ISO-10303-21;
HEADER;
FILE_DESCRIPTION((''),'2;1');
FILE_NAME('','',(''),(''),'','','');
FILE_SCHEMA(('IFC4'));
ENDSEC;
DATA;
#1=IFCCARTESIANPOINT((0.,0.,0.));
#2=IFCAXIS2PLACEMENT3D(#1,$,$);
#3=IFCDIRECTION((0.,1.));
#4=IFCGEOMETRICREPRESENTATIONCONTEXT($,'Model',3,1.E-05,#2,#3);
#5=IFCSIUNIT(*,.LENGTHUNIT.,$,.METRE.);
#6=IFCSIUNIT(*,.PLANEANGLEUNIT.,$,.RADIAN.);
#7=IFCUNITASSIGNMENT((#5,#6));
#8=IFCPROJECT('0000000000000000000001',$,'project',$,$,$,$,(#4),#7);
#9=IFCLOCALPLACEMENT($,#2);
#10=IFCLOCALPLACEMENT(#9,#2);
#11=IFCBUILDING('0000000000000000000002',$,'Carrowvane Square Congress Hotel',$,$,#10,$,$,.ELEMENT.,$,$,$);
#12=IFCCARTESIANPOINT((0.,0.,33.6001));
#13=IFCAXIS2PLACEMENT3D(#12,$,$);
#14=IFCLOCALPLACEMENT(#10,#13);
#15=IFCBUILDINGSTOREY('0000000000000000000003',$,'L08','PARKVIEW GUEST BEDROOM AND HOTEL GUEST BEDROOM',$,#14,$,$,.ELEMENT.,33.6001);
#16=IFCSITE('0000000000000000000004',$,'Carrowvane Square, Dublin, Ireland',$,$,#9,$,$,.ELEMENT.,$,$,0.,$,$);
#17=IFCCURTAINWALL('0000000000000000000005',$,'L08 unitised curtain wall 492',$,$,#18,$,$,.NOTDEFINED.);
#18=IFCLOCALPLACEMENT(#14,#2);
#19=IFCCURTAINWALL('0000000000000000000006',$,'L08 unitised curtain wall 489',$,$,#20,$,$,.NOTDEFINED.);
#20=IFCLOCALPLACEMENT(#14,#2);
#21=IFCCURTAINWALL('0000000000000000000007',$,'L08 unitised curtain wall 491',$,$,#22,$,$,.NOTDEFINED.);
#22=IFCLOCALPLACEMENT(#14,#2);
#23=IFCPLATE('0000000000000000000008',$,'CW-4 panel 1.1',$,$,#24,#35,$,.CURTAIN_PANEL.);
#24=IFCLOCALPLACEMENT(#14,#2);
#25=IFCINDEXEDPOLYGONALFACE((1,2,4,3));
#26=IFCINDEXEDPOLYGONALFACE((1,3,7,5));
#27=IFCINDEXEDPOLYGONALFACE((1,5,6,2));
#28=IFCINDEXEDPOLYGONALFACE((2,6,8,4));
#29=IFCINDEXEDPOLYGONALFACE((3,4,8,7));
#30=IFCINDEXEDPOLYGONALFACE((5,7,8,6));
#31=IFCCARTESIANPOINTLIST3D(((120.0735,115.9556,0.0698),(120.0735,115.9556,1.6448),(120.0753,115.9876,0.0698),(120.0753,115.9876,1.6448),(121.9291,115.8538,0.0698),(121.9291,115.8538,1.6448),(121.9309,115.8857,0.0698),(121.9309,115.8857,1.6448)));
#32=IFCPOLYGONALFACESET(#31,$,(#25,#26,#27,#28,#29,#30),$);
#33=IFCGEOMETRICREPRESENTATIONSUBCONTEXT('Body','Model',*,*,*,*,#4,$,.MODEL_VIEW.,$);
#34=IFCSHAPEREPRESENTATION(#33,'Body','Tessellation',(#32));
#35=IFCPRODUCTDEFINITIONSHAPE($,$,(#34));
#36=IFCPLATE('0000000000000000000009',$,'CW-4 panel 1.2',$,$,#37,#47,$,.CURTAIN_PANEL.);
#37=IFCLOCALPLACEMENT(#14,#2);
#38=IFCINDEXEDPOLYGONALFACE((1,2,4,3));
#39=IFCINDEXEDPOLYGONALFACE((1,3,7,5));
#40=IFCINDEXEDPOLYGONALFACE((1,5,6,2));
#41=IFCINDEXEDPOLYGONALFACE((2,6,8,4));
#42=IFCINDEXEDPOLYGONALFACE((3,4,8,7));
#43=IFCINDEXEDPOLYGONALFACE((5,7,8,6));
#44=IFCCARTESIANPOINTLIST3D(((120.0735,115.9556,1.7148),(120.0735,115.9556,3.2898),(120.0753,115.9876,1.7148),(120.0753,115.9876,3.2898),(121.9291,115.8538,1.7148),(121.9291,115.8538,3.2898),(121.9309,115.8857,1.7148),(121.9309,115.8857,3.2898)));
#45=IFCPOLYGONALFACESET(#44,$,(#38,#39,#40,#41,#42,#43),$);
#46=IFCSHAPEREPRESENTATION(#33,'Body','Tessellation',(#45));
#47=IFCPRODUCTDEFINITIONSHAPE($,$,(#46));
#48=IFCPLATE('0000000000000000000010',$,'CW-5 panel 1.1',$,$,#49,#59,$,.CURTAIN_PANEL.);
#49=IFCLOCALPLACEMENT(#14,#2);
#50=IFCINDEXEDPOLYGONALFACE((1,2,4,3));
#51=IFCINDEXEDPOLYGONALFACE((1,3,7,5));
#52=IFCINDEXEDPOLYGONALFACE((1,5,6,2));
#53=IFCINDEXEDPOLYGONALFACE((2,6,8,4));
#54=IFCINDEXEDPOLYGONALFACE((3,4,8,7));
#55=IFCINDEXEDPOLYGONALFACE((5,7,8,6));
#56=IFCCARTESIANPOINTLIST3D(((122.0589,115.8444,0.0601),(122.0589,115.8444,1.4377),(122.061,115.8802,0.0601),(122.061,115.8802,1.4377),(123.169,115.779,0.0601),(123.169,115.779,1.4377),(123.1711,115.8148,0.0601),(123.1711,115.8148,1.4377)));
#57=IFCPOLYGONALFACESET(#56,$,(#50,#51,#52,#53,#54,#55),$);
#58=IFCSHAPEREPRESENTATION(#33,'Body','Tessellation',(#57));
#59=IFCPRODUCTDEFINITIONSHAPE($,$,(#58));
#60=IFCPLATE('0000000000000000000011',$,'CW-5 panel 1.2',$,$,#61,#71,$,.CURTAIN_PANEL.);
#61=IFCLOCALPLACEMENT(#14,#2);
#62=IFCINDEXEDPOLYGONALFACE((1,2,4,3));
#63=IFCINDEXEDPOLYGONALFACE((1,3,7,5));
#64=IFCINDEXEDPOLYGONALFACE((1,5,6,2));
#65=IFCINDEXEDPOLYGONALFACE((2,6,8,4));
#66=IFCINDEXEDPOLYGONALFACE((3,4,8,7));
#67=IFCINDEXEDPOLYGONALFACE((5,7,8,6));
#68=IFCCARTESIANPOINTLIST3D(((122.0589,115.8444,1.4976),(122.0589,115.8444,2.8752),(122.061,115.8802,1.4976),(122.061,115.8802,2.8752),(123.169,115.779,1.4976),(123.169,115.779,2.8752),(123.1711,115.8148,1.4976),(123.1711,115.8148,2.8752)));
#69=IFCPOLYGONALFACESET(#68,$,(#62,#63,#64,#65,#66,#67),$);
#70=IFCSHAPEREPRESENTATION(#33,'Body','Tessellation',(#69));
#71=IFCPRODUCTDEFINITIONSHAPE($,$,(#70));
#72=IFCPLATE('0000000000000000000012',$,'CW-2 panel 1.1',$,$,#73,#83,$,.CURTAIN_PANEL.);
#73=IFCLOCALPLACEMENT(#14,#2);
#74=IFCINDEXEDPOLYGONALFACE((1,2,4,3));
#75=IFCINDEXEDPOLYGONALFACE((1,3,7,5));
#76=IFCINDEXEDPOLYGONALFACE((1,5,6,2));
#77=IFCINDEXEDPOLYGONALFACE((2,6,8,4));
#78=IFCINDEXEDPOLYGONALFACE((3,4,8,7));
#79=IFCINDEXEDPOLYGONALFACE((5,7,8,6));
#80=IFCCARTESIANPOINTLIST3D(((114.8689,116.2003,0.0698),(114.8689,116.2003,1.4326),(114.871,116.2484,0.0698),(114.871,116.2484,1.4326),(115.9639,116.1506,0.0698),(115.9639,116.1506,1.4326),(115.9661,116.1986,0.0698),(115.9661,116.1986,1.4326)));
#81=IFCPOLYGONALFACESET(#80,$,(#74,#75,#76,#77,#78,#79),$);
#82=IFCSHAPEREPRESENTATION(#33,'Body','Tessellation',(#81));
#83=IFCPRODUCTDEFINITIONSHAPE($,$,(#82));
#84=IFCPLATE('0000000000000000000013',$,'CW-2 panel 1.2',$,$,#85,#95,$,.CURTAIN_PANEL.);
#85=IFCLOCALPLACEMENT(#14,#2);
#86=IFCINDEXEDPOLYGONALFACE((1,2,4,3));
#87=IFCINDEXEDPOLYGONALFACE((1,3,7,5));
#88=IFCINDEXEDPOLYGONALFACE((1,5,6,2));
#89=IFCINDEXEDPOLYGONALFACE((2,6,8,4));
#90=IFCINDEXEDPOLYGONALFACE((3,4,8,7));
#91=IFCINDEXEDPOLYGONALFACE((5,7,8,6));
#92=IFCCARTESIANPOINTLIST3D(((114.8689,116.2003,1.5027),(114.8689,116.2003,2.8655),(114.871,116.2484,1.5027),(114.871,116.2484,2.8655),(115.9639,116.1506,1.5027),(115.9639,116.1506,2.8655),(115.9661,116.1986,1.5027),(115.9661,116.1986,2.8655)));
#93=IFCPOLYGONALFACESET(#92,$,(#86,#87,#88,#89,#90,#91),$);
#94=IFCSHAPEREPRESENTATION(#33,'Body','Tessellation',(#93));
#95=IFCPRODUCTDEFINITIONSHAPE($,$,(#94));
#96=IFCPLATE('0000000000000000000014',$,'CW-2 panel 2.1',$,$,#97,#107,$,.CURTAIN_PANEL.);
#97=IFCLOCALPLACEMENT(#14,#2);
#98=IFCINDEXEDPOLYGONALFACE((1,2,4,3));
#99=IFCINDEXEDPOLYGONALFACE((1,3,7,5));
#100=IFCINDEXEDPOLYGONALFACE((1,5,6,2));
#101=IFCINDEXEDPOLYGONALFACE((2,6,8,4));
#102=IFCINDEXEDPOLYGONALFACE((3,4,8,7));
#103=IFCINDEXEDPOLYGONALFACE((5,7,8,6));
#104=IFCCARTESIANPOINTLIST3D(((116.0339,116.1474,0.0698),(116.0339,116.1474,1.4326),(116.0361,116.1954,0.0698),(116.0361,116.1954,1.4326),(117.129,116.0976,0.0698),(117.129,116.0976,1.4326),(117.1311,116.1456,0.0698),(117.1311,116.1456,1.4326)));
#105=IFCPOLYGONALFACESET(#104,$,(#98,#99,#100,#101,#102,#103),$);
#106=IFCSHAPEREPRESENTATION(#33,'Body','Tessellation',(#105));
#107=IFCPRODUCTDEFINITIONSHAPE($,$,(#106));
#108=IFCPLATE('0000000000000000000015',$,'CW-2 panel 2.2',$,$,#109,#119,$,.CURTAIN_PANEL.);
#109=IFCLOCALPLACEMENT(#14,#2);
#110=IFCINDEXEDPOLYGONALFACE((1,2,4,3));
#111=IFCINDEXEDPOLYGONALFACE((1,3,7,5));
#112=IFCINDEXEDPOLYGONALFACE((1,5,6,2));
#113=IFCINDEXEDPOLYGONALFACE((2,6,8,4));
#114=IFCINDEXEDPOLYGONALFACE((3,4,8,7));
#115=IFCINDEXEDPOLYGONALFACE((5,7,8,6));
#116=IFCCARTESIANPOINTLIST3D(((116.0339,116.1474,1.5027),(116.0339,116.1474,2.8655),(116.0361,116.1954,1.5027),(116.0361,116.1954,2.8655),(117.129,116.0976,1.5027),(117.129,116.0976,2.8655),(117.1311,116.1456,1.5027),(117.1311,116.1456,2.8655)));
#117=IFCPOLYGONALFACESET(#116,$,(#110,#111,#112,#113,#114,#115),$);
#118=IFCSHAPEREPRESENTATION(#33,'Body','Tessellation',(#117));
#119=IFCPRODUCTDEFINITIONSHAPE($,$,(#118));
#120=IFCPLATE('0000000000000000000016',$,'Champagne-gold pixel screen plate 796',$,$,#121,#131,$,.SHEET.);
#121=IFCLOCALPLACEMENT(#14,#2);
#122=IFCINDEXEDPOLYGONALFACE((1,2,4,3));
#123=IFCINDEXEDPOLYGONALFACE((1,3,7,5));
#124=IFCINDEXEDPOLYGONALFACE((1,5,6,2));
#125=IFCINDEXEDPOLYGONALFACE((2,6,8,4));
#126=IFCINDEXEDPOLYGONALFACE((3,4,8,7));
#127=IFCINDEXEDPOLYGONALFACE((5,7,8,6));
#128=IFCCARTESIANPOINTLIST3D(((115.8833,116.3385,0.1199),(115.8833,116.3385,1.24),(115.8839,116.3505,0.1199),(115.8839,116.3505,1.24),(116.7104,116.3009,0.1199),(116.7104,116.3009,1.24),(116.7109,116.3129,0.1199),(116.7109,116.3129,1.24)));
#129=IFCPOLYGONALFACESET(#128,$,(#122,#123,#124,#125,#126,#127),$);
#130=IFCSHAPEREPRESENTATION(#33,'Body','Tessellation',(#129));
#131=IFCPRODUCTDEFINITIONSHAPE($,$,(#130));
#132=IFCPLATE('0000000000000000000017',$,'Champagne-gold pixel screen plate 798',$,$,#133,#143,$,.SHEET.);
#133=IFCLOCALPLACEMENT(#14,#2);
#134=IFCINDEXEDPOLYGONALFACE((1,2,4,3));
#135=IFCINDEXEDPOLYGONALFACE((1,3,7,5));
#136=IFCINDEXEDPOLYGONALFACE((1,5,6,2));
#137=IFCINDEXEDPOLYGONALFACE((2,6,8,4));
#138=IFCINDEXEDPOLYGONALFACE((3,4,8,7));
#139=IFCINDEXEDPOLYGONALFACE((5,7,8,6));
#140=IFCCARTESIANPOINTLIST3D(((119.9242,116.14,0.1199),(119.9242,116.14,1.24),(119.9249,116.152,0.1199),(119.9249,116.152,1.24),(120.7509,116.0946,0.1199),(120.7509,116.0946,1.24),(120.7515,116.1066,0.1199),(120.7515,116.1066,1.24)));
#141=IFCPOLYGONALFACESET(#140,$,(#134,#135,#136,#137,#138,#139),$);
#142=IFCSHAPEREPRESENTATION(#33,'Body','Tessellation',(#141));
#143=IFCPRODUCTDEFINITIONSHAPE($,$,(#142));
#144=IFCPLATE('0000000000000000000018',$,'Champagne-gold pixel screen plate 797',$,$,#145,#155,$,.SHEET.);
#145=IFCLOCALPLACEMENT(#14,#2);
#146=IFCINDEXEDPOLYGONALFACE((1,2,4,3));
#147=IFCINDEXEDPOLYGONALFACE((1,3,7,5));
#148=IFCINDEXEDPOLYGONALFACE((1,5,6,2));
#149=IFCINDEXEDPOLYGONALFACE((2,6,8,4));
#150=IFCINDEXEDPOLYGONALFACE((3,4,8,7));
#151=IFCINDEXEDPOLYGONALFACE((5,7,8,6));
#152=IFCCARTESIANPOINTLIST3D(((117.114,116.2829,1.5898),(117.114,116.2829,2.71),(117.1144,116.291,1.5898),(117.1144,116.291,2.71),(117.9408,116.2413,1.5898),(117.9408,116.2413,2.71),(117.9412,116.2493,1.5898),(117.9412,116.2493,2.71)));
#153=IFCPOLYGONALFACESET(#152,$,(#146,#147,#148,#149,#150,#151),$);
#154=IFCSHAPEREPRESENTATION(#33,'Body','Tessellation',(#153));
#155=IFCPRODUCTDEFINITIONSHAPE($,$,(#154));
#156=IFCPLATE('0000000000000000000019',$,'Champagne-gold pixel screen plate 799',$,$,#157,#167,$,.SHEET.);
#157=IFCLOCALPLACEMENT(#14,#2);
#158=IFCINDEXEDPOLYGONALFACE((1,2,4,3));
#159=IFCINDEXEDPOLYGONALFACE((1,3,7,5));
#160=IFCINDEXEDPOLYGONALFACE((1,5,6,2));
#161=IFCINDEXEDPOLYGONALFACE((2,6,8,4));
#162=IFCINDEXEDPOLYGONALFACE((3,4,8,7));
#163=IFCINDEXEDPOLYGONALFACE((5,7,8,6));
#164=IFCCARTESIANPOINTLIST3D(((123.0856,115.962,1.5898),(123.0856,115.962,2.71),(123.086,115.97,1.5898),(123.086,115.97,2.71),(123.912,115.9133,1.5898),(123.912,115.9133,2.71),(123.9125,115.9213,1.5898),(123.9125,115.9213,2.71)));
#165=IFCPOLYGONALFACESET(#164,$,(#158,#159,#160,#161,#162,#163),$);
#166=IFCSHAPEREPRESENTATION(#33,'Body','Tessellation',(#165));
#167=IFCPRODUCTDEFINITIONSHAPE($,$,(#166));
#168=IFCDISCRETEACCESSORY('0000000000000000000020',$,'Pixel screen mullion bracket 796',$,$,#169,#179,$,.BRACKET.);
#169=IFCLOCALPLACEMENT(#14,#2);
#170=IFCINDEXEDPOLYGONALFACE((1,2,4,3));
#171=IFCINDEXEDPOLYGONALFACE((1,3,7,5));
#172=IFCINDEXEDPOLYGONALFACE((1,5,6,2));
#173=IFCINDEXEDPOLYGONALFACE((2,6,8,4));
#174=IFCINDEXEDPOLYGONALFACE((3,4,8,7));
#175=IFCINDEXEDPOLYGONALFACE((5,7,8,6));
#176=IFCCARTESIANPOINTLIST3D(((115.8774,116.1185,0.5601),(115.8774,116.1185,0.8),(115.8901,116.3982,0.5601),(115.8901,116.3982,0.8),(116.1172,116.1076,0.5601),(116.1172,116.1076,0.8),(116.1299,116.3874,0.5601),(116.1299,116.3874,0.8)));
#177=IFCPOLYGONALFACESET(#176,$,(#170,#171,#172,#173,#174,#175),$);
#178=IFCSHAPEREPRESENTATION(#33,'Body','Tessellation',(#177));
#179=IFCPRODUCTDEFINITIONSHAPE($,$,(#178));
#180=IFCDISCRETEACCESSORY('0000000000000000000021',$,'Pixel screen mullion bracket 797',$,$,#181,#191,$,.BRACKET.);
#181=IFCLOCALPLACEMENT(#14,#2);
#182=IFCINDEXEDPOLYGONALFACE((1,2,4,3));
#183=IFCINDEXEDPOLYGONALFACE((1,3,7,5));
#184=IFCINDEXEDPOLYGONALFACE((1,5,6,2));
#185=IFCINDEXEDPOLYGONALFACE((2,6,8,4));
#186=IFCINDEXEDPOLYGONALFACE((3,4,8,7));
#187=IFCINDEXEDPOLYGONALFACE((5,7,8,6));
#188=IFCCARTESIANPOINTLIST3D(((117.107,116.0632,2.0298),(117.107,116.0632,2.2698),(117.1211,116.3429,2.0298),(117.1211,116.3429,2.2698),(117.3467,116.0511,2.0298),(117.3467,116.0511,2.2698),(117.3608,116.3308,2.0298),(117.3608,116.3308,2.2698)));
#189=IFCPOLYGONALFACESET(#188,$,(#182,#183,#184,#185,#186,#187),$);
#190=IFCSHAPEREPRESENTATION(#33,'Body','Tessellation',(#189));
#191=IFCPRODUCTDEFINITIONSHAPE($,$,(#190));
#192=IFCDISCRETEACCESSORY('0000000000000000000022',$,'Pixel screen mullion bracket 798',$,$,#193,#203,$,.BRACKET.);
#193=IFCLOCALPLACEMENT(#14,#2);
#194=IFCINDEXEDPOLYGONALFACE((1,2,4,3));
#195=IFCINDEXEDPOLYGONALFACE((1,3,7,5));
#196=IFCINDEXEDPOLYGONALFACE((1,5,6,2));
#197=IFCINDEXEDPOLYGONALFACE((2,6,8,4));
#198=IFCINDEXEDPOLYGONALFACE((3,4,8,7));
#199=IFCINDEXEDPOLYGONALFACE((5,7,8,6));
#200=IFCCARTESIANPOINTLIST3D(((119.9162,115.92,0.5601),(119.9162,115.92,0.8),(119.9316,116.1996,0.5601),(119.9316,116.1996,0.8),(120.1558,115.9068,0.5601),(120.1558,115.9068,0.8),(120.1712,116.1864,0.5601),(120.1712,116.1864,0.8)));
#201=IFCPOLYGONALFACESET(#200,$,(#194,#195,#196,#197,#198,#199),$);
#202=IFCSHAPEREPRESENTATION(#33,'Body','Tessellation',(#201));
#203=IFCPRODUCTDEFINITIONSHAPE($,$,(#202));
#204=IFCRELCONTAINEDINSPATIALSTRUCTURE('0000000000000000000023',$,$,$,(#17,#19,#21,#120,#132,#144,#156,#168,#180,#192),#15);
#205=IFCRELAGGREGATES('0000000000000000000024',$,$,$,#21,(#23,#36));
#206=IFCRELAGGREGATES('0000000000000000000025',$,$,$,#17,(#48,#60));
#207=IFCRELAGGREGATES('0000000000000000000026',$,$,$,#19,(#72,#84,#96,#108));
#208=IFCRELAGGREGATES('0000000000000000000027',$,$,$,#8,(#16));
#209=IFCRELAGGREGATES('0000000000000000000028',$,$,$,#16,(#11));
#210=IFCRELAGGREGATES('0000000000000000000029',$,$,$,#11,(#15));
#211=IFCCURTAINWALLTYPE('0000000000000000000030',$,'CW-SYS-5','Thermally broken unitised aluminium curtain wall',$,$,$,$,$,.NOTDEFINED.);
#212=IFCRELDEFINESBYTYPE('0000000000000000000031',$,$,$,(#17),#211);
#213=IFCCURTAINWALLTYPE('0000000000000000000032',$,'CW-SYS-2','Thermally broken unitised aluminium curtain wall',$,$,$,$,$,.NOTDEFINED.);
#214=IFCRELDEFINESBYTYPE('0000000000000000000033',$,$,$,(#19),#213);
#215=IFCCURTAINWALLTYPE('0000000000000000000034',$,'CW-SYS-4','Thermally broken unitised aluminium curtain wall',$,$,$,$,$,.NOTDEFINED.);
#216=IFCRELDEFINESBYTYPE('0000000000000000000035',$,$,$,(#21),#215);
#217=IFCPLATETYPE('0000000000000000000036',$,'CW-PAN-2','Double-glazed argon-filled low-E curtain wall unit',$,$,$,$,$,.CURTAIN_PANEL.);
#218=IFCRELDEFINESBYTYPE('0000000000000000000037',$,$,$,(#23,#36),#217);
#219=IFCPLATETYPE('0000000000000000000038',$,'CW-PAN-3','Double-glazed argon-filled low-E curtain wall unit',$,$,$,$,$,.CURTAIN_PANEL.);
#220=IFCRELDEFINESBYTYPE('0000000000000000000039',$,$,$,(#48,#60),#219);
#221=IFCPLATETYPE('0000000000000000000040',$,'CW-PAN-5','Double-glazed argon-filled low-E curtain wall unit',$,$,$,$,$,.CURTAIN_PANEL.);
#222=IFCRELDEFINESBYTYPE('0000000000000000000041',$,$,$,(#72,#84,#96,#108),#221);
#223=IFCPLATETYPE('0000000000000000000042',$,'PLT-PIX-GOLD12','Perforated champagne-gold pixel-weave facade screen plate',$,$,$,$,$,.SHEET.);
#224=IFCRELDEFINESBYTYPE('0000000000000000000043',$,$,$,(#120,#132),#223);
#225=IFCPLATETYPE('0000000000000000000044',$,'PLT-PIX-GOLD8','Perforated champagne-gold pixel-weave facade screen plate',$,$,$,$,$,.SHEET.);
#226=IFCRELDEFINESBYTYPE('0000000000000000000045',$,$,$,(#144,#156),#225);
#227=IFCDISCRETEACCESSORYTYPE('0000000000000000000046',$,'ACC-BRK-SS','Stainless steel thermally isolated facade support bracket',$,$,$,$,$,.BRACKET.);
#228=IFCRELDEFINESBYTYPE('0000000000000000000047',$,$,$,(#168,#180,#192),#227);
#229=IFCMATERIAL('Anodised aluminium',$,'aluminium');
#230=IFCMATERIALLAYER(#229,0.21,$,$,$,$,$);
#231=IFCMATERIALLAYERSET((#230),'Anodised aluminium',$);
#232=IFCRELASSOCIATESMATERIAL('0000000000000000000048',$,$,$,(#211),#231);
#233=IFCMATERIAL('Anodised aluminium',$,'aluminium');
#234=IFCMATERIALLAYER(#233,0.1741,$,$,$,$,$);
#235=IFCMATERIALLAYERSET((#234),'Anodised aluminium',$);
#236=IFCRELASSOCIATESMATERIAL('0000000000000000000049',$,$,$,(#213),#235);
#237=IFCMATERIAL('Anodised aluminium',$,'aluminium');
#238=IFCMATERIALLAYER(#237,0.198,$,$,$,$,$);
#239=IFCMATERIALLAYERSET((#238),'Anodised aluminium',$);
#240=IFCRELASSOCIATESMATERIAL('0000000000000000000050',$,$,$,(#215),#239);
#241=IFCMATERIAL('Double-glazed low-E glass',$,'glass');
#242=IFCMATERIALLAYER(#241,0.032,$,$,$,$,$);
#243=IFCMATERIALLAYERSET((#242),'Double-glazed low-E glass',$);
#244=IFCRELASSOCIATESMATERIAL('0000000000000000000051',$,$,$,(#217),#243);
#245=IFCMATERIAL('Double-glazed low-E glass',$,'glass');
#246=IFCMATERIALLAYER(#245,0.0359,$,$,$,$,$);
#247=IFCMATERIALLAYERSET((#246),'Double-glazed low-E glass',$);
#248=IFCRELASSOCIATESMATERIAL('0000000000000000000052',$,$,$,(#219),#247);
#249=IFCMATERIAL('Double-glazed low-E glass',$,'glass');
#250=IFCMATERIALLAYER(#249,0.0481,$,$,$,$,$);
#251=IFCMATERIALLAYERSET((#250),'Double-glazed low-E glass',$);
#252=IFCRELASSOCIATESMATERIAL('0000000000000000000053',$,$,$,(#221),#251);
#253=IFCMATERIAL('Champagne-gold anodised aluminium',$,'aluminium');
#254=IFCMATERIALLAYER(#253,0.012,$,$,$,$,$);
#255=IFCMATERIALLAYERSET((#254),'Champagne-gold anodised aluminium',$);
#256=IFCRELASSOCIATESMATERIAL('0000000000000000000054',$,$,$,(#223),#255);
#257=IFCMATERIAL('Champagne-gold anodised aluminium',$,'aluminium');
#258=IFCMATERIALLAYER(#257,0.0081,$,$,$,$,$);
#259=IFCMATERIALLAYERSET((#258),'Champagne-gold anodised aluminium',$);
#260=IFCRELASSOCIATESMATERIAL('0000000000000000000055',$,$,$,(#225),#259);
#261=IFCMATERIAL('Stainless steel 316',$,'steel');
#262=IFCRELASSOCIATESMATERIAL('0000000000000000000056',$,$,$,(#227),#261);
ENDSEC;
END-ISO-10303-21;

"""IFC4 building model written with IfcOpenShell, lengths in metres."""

from ifc_helpers import new_model, si_unit, direction, frame, origin, origin_2d, place, context, subcontext, project, spatial, rectangle, extrude, material, layer, layer_set, type_object, element, aggregate, save


model = new_model("IFC4")

# Units and contexts
model_context = context("Model", 3, precision=1e-05, world=origin(), true_north=direction((0.0, 1.0)))
body_context = subcontext(model_context, "Body", "Model", "MODEL_VIEW")
ifc_project = project(units=[si_unit("LENGTHUNIT", "METRE"), si_unit("PLANEANGLEUNIT", "RADIAN")], contexts=[model_context])

# Site, building, storey
site_placement = place(None, origin())
site = spatial("IfcSite", under=ifc_project, at=site_placement, Name="Carrowvane Square, Dublin, Ireland", CompositionType="ELEMENT", RefElevation=0.0)
building_placement = place(site_placement, origin())
building = spatial("IfcBuilding", under=site, at=building_placement, Name="Carrowvane Square Congress Hotel", CompositionType="ELEMENT")
storey_placement = place(building_placement, frame((0.0, 0.0, 33.6001)))
storey = spatial("IfcBuildingStorey", under=building, at=storey_placement, Name="L08", Description="PARKVIEW GUEST BEDROOM AND HOTEL GUEST BEDROOM", CompositionType="ELEMENT", Elevation=33.6001)

# Curtain wall
ifc_material_1 = material(Name="Anodised aluminium", Category="aluminium")
ifc_layer_1 = layer(ifc_material_1, 0.21)
ifc_layer_set_1 = layer_set([ifc_layer_1], Name="Anodised aluminium")
curtain_wall_type_1 = type_object("IfcCurtainWallType", Name="CW-SYS-5", Description="Thermally broken unitised aluminium curtain wall", PredefinedType="NOTDEFINED", material=ifc_layer_set_1)
curtain_wall_1_placement = place(storey_placement, origin())
curtain_wall_1 = element("IfcCurtainWall", 1, at=curtain_wall_1_placement, inside=storey, type_object=curtain_wall_type_1, Name="L08 unitised curtain wall 492", PredefinedType="NOTDEFINED")

# Curtain walls
ifc_material_2 = material(Name="Anodised aluminium", Category="aluminium")
ifc_layer_2 = layer(ifc_material_2, 0.1741)
ifc_layer_set_2 = layer_set([ifc_layer_2], Name="Anodised aluminium")
curtain_wall_type_2 = type_object("IfcCurtainWallType", Name="CW-SYS-2", Description="Thermally broken unitised aluminium curtain wall", PredefinedType="NOTDEFINED", material=ifc_layer_set_2)
curtain_wall_2_placement = place(storey_placement, origin())
curtain_wall_2 = element("IfcCurtainWall", 2, at=curtain_wall_2_placement, inside=storey, type_object=curtain_wall_type_2, Name="L08 unitised curtain wall 489", PredefinedType="NOTDEFINED")
ifc_material_3 = material(Name="Anodised aluminium", Category="aluminium")
ifc_layer_3 = layer(ifc_material_3, 0.198)
ifc_layer_set_3 = layer_set([ifc_layer_3], Name="Anodised aluminium")
curtain_wall_type_3 = type_object("IfcCurtainWallType", Name="CW-SYS-4", Description="Thermally broken unitised aluminium curtain wall", PredefinedType="NOTDEFINED", material=ifc_layer_set_3)
curtain_wall_3_placement = place(storey_placement, origin())
curtain_wall_3 = element("IfcCurtainWall", 3, at=curtain_wall_3_placement, inside=storey, type_object=curtain_wall_type_3, Name="L08 unitised curtain wall 491", PredefinedType="NOTDEFINED")

# Plates
ifc_material_4 = material(Name="Double-glazed low-E glass", Category="glass")
ifc_layer_4 = layer(ifc_material_4, 0.032)
ifc_layer_set_4 = layer_set([ifc_layer_4], Name="Double-glazed low-E glass")
plate_type_1 = type_object("IfcPlateType", Name="CW-PAN-2", Description="Double-glazed argon-filled low-E curtain wall unit", PredefinedType="CURTAIN_PANEL", material=ifc_layer_set_4)
plate_1_placement = place(storey_placement, frame((121.0022, 115.9207, 0.0698), z_axis=(0.0, 0.0, 1.0), x_axis=(0.998496, -0.054816, 0.0)))
plate_1 = element("IfcPlate", 4, at=plate_1_placement, type_object=plate_type_1, Name="CW-4 panel 1.1", PredefinedType="CURTAIN_PANEL", context=body_context, shape_type="SweptSolid", body=[
    extrude(rectangle(XDim=1.8584, YDim=0.032, at=origin_2d()), origin(), (0.0, 0.0, 1.0), 1.575),
])
plate_2_placement = place(storey_placement, frame((121.0022, 115.9207, 1.7148), z_axis=(0.0, 0.0, 1.0), x_axis=(0.998496, -0.054816, 0.0)))
plate_2 = element("IfcPlate", 5, at=plate_2_placement, type_object=plate_type_1, Name="CW-4 panel 1.2", PredefinedType="CURTAIN_PANEL", context=body_context, shape_type="SweptSolid", body=[
    extrude(rectangle(XDim=1.8584, YDim=0.032, at=origin_2d()), origin(), (0.0, 0.0, 1.0), 1.575),
])
aggregate(curtain_wall_3, [plate_1, plate_2])
ifc_material_5 = material(Name="Double-glazed low-E glass", Category="glass")
ifc_layer_5 = layer(ifc_material_5, 0.0359)
ifc_layer_set_5 = layer_set([ifc_layer_5], Name="Double-glazed low-E glass")
plate_type_2 = type_object("IfcPlateType", Name="CW-PAN-3", Description="Double-glazed argon-filled low-E curtain wall unit", PredefinedType="CURTAIN_PANEL", material=ifc_layer_set_5)
plate_3_placement = place(storey_placement, frame((122.615, 115.8296, 0.0601), z_axis=(0.0, 0.0, 1.0), x_axis=(0.998267, -0.058851, 0.0)))
plate_3 = element("IfcPlate", 6, at=plate_3_placement, type_object=plate_type_2, Name="CW-5 panel 1.1", PredefinedType="CURTAIN_PANEL", context=body_context, shape_type="SweptSolid", body=[
    extrude(rectangle(XDim=1.1121, YDim=0.0359, at=origin_2d()), origin(), (0.0, 0.0, 1.0), 1.3777),
])
plate_4_placement = place(storey_placement, frame((122.615, 115.8296, 1.4976), z_axis=(0.0, 0.0, 1.0), x_axis=(0.998267, -0.058851, 0.0)))
plate_4 = element("IfcPlate", 7, at=plate_4_placement, type_object=plate_type_2, Name="CW-5 panel 1.2", PredefinedType="CURTAIN_PANEL", context=body_context, shape_type="SweptSolid", body=[
    extrude(rectangle(XDim=1.1121, YDim=0.0359, at=origin_2d()), origin(), (0.0, 0.0, 1.0), 1.3777),
])
aggregate(curtain_wall_1, [plate_3, plate_4])
ifc_material_6 = material(Name="Double-glazed low-E glass", Category="glass")
ifc_layer_6 = layer(ifc_material_6, 0.0481)
ifc_layer_set_6 = layer_set([ifc_layer_6], Name="Double-glazed low-E glass")
plate_type_3 = type_object("IfcPlateType", Name="CW-PAN-5", Description="Double-glazed argon-filled low-E curtain wall unit", PredefinedType="CURTAIN_PANEL", material=ifc_layer_set_6)
plate_5_placement = place(storey_placement, frame((115.4175, 116.1995, 0.0698), z_axis=(0.0, 0.0, 1.0), x_axis=(0.998968, -0.045411, 0.0)))
plate_5 = element("IfcPlate", 8, at=plate_5_placement, type_object=plate_type_3, Name="CW-2 panel 1.1", PredefinedType="CURTAIN_PANEL", context=body_context, shape_type="SweptSolid", body=[
    extrude(rectangle(XDim=1.0962, YDim=0.0481, at=origin_2d()), origin(), (0.0, 0.0, 1.0), 1.3628),
])
plate_6_placement = place(storey_placement, frame((115.4175, 116.1995, 1.5027), z_axis=(0.0, 0.0, 1.0), x_axis=(0.998968, -0.045411, 0.0)))
plate_6 = element("IfcPlate", 9, at=plate_6_placement, type_object=plate_type_3, Name="CW-2 panel 1.2", PredefinedType="CURTAIN_PANEL", context=body_context, shape_type="SweptSolid", body=[
    extrude(rectangle(XDim=1.0962, YDim=0.0481, at=origin_2d()), origin(), (0.0, 0.0, 1.0), 1.3628),
])
plate_7_placement = place(storey_placement, frame((116.5825, 116.1465, 0.0698), z_axis=(0.0, 0.0, 1.0), x_axis=(0.998968, -0.045411, 0.0)))
plate_7 = element("IfcPlate", 10, at=plate_7_placement, type_object=plate_type_3, Name="CW-2 panel 2.1", PredefinedType="CURTAIN_PANEL", context=body_context, shape_type="SweptSolid", body=[
    extrude(rectangle(XDim=1.0962, YDim=0.0481, at=origin_2d()), origin(), (0.0, 0.0, 1.0), 1.3628),
])
plate_8_placement = place(storey_placement, frame((116.5825, 116.1465, 1.5027), z_axis=(0.0, 0.0, 1.0), x_axis=(0.998968, -0.045411, 0.0)))
plate_8 = element("IfcPlate", 11, at=plate_8_placement, type_object=plate_type_3, Name="CW-2 panel 2.2", PredefinedType="CURTAIN_PANEL", context=body_context, shape_type="SweptSolid", body=[
    extrude(rectangle(XDim=1.0962, YDim=0.0481, at=origin_2d()), origin(), (0.0, 0.0, 1.0), 1.3628),
])
aggregate(curtain_wall_2, [plate_5, plate_6, plate_7, plate_8])

# Plates
ifc_material_7 = material(Name="Champagne-gold anodised aluminium", Category="aluminium")
ifc_layer_7 = layer(ifc_material_7, 0.012)
ifc_layer_set_7 = layer_set([ifc_layer_7], Name="Champagne-gold anodised aluminium")
plate_type_4 = type_object("IfcPlateType", Name="PLT-PIX-GOLD12", Description="Perforated champagne-gold pixel-weave facade screen plate", PredefinedType="SHEET", material=ifc_layer_set_7)
for number, where, z_axis, x_axis, name in (
    (12, (116.2971, 116.3257, 0.1199), (0.0, 0.0, 1.0), (0.998968, -0.045414, 0.0), "Champagne-gold pixel screen plate 796"),
    (13, (120.3379, 116.1233, 0.1199), (0.0, 0.0, 1.0), (0.998497, -0.054815, 0.0), "Champagne-gold pixel screen plate 798"),
):
    element("IfcPlate", number, at=place(storey_placement, frame(where, z_axis=z_axis, x_axis=x_axis)), inside=storey, type_object=plate_type_4, Name=name, PredefinedType="SHEET", context=body_context, shape_type="SweptSolid", body=[
        extrude(rectangle(XDim=0.8279, YDim=0.012, at=origin_2d()), origin(), (0.0, 0.0, 1.0), 1.1201),
    ])
ifc_material_8 = material(Name="Champagne-gold anodised aluminium", Category="aluminium")
ifc_layer_8 = layer(ifc_material_8, 0.0081)
ifc_layer_set_8 = layer_set([ifc_layer_8], Name="Champagne-gold anodised aluminium")
plate_type_5 = type_object("IfcPlateType", Name="PLT-PIX-GOLD8", Description="Perforated champagne-gold pixel-weave facade screen plate", PredefinedType="SHEET", material=ifc_layer_set_8)
for number, where, z_axis, x_axis, name in (
    (14, (117.5276, 116.2661, 1.5898), (0.0, 0.0, 1.0), (0.998733, -0.050322, 0.0), "Champagne-gold pixel screen plate 797"),
    (15, (123.499, 115.9417, 1.5898), (0.0, 0.0, 1.0), (0.998267, -0.058852, 0.0), "Champagne-gold pixel screen plate 799"),
):
    element("IfcPlate", number, at=place(storey_placement, frame(where, z_axis=z_axis, x_axis=x_axis)), inside=storey, type_object=plate_type_5, Name=name, PredefinedType="SHEET", context=body_context, shape_type="SweptSolid", body=[
        extrude(rectangle(XDim=0.8279, YDim=0.0081, at=origin_2d()), origin(), (0.0, 0.0, 1.0), 1.1201),
    ])

# Discrete accessories
ifc_material_9 = material(Name="Stainless steel 316", Category="steel")
discrete_accessory_type = type_object("IfcDiscreteAccessoryType", Name="ACC-BRK-SS", Description="Stainless steel thermally isolated facade support bracket", PredefinedType="BRACKET", material=ifc_material_9)
for number, where, z_axis, x_axis, name in (
    (16, (116.0037, 116.2529, 0.5601), (0.0, 0.0, 1.0), (0.998968, -0.045414, 0.0), "Pixel screen mullion bracket 796"),
    (17, (117.2339, 116.197, 2.0298), (0.0, 0.0, 1.0), (0.998733, -0.050322, 0.0), "Pixel screen mullion bracket 797"),
    (18, (120.0437, 116.0532, 0.5601), (0.0, 0.0, 1.0), (0.998497, -0.054815, 0.0), "Pixel screen mullion bracket 798"),
):
    element("IfcDiscreteAccessory", number, at=place(storey_placement, frame(where, z_axis=z_axis, x_axis=x_axis)), inside=storey, type_object=discrete_accessory_type, Name=name, PredefinedType="BRACKET", context=body_context, shape_type="SweptSolid", body=[
        extrude(rectangle(XDim=0.24, YDim=0.28, at=origin_2d()), origin(), (0.0, 0.0, 1.0), 0.24),
    ])

save(model, "model.ifc")
